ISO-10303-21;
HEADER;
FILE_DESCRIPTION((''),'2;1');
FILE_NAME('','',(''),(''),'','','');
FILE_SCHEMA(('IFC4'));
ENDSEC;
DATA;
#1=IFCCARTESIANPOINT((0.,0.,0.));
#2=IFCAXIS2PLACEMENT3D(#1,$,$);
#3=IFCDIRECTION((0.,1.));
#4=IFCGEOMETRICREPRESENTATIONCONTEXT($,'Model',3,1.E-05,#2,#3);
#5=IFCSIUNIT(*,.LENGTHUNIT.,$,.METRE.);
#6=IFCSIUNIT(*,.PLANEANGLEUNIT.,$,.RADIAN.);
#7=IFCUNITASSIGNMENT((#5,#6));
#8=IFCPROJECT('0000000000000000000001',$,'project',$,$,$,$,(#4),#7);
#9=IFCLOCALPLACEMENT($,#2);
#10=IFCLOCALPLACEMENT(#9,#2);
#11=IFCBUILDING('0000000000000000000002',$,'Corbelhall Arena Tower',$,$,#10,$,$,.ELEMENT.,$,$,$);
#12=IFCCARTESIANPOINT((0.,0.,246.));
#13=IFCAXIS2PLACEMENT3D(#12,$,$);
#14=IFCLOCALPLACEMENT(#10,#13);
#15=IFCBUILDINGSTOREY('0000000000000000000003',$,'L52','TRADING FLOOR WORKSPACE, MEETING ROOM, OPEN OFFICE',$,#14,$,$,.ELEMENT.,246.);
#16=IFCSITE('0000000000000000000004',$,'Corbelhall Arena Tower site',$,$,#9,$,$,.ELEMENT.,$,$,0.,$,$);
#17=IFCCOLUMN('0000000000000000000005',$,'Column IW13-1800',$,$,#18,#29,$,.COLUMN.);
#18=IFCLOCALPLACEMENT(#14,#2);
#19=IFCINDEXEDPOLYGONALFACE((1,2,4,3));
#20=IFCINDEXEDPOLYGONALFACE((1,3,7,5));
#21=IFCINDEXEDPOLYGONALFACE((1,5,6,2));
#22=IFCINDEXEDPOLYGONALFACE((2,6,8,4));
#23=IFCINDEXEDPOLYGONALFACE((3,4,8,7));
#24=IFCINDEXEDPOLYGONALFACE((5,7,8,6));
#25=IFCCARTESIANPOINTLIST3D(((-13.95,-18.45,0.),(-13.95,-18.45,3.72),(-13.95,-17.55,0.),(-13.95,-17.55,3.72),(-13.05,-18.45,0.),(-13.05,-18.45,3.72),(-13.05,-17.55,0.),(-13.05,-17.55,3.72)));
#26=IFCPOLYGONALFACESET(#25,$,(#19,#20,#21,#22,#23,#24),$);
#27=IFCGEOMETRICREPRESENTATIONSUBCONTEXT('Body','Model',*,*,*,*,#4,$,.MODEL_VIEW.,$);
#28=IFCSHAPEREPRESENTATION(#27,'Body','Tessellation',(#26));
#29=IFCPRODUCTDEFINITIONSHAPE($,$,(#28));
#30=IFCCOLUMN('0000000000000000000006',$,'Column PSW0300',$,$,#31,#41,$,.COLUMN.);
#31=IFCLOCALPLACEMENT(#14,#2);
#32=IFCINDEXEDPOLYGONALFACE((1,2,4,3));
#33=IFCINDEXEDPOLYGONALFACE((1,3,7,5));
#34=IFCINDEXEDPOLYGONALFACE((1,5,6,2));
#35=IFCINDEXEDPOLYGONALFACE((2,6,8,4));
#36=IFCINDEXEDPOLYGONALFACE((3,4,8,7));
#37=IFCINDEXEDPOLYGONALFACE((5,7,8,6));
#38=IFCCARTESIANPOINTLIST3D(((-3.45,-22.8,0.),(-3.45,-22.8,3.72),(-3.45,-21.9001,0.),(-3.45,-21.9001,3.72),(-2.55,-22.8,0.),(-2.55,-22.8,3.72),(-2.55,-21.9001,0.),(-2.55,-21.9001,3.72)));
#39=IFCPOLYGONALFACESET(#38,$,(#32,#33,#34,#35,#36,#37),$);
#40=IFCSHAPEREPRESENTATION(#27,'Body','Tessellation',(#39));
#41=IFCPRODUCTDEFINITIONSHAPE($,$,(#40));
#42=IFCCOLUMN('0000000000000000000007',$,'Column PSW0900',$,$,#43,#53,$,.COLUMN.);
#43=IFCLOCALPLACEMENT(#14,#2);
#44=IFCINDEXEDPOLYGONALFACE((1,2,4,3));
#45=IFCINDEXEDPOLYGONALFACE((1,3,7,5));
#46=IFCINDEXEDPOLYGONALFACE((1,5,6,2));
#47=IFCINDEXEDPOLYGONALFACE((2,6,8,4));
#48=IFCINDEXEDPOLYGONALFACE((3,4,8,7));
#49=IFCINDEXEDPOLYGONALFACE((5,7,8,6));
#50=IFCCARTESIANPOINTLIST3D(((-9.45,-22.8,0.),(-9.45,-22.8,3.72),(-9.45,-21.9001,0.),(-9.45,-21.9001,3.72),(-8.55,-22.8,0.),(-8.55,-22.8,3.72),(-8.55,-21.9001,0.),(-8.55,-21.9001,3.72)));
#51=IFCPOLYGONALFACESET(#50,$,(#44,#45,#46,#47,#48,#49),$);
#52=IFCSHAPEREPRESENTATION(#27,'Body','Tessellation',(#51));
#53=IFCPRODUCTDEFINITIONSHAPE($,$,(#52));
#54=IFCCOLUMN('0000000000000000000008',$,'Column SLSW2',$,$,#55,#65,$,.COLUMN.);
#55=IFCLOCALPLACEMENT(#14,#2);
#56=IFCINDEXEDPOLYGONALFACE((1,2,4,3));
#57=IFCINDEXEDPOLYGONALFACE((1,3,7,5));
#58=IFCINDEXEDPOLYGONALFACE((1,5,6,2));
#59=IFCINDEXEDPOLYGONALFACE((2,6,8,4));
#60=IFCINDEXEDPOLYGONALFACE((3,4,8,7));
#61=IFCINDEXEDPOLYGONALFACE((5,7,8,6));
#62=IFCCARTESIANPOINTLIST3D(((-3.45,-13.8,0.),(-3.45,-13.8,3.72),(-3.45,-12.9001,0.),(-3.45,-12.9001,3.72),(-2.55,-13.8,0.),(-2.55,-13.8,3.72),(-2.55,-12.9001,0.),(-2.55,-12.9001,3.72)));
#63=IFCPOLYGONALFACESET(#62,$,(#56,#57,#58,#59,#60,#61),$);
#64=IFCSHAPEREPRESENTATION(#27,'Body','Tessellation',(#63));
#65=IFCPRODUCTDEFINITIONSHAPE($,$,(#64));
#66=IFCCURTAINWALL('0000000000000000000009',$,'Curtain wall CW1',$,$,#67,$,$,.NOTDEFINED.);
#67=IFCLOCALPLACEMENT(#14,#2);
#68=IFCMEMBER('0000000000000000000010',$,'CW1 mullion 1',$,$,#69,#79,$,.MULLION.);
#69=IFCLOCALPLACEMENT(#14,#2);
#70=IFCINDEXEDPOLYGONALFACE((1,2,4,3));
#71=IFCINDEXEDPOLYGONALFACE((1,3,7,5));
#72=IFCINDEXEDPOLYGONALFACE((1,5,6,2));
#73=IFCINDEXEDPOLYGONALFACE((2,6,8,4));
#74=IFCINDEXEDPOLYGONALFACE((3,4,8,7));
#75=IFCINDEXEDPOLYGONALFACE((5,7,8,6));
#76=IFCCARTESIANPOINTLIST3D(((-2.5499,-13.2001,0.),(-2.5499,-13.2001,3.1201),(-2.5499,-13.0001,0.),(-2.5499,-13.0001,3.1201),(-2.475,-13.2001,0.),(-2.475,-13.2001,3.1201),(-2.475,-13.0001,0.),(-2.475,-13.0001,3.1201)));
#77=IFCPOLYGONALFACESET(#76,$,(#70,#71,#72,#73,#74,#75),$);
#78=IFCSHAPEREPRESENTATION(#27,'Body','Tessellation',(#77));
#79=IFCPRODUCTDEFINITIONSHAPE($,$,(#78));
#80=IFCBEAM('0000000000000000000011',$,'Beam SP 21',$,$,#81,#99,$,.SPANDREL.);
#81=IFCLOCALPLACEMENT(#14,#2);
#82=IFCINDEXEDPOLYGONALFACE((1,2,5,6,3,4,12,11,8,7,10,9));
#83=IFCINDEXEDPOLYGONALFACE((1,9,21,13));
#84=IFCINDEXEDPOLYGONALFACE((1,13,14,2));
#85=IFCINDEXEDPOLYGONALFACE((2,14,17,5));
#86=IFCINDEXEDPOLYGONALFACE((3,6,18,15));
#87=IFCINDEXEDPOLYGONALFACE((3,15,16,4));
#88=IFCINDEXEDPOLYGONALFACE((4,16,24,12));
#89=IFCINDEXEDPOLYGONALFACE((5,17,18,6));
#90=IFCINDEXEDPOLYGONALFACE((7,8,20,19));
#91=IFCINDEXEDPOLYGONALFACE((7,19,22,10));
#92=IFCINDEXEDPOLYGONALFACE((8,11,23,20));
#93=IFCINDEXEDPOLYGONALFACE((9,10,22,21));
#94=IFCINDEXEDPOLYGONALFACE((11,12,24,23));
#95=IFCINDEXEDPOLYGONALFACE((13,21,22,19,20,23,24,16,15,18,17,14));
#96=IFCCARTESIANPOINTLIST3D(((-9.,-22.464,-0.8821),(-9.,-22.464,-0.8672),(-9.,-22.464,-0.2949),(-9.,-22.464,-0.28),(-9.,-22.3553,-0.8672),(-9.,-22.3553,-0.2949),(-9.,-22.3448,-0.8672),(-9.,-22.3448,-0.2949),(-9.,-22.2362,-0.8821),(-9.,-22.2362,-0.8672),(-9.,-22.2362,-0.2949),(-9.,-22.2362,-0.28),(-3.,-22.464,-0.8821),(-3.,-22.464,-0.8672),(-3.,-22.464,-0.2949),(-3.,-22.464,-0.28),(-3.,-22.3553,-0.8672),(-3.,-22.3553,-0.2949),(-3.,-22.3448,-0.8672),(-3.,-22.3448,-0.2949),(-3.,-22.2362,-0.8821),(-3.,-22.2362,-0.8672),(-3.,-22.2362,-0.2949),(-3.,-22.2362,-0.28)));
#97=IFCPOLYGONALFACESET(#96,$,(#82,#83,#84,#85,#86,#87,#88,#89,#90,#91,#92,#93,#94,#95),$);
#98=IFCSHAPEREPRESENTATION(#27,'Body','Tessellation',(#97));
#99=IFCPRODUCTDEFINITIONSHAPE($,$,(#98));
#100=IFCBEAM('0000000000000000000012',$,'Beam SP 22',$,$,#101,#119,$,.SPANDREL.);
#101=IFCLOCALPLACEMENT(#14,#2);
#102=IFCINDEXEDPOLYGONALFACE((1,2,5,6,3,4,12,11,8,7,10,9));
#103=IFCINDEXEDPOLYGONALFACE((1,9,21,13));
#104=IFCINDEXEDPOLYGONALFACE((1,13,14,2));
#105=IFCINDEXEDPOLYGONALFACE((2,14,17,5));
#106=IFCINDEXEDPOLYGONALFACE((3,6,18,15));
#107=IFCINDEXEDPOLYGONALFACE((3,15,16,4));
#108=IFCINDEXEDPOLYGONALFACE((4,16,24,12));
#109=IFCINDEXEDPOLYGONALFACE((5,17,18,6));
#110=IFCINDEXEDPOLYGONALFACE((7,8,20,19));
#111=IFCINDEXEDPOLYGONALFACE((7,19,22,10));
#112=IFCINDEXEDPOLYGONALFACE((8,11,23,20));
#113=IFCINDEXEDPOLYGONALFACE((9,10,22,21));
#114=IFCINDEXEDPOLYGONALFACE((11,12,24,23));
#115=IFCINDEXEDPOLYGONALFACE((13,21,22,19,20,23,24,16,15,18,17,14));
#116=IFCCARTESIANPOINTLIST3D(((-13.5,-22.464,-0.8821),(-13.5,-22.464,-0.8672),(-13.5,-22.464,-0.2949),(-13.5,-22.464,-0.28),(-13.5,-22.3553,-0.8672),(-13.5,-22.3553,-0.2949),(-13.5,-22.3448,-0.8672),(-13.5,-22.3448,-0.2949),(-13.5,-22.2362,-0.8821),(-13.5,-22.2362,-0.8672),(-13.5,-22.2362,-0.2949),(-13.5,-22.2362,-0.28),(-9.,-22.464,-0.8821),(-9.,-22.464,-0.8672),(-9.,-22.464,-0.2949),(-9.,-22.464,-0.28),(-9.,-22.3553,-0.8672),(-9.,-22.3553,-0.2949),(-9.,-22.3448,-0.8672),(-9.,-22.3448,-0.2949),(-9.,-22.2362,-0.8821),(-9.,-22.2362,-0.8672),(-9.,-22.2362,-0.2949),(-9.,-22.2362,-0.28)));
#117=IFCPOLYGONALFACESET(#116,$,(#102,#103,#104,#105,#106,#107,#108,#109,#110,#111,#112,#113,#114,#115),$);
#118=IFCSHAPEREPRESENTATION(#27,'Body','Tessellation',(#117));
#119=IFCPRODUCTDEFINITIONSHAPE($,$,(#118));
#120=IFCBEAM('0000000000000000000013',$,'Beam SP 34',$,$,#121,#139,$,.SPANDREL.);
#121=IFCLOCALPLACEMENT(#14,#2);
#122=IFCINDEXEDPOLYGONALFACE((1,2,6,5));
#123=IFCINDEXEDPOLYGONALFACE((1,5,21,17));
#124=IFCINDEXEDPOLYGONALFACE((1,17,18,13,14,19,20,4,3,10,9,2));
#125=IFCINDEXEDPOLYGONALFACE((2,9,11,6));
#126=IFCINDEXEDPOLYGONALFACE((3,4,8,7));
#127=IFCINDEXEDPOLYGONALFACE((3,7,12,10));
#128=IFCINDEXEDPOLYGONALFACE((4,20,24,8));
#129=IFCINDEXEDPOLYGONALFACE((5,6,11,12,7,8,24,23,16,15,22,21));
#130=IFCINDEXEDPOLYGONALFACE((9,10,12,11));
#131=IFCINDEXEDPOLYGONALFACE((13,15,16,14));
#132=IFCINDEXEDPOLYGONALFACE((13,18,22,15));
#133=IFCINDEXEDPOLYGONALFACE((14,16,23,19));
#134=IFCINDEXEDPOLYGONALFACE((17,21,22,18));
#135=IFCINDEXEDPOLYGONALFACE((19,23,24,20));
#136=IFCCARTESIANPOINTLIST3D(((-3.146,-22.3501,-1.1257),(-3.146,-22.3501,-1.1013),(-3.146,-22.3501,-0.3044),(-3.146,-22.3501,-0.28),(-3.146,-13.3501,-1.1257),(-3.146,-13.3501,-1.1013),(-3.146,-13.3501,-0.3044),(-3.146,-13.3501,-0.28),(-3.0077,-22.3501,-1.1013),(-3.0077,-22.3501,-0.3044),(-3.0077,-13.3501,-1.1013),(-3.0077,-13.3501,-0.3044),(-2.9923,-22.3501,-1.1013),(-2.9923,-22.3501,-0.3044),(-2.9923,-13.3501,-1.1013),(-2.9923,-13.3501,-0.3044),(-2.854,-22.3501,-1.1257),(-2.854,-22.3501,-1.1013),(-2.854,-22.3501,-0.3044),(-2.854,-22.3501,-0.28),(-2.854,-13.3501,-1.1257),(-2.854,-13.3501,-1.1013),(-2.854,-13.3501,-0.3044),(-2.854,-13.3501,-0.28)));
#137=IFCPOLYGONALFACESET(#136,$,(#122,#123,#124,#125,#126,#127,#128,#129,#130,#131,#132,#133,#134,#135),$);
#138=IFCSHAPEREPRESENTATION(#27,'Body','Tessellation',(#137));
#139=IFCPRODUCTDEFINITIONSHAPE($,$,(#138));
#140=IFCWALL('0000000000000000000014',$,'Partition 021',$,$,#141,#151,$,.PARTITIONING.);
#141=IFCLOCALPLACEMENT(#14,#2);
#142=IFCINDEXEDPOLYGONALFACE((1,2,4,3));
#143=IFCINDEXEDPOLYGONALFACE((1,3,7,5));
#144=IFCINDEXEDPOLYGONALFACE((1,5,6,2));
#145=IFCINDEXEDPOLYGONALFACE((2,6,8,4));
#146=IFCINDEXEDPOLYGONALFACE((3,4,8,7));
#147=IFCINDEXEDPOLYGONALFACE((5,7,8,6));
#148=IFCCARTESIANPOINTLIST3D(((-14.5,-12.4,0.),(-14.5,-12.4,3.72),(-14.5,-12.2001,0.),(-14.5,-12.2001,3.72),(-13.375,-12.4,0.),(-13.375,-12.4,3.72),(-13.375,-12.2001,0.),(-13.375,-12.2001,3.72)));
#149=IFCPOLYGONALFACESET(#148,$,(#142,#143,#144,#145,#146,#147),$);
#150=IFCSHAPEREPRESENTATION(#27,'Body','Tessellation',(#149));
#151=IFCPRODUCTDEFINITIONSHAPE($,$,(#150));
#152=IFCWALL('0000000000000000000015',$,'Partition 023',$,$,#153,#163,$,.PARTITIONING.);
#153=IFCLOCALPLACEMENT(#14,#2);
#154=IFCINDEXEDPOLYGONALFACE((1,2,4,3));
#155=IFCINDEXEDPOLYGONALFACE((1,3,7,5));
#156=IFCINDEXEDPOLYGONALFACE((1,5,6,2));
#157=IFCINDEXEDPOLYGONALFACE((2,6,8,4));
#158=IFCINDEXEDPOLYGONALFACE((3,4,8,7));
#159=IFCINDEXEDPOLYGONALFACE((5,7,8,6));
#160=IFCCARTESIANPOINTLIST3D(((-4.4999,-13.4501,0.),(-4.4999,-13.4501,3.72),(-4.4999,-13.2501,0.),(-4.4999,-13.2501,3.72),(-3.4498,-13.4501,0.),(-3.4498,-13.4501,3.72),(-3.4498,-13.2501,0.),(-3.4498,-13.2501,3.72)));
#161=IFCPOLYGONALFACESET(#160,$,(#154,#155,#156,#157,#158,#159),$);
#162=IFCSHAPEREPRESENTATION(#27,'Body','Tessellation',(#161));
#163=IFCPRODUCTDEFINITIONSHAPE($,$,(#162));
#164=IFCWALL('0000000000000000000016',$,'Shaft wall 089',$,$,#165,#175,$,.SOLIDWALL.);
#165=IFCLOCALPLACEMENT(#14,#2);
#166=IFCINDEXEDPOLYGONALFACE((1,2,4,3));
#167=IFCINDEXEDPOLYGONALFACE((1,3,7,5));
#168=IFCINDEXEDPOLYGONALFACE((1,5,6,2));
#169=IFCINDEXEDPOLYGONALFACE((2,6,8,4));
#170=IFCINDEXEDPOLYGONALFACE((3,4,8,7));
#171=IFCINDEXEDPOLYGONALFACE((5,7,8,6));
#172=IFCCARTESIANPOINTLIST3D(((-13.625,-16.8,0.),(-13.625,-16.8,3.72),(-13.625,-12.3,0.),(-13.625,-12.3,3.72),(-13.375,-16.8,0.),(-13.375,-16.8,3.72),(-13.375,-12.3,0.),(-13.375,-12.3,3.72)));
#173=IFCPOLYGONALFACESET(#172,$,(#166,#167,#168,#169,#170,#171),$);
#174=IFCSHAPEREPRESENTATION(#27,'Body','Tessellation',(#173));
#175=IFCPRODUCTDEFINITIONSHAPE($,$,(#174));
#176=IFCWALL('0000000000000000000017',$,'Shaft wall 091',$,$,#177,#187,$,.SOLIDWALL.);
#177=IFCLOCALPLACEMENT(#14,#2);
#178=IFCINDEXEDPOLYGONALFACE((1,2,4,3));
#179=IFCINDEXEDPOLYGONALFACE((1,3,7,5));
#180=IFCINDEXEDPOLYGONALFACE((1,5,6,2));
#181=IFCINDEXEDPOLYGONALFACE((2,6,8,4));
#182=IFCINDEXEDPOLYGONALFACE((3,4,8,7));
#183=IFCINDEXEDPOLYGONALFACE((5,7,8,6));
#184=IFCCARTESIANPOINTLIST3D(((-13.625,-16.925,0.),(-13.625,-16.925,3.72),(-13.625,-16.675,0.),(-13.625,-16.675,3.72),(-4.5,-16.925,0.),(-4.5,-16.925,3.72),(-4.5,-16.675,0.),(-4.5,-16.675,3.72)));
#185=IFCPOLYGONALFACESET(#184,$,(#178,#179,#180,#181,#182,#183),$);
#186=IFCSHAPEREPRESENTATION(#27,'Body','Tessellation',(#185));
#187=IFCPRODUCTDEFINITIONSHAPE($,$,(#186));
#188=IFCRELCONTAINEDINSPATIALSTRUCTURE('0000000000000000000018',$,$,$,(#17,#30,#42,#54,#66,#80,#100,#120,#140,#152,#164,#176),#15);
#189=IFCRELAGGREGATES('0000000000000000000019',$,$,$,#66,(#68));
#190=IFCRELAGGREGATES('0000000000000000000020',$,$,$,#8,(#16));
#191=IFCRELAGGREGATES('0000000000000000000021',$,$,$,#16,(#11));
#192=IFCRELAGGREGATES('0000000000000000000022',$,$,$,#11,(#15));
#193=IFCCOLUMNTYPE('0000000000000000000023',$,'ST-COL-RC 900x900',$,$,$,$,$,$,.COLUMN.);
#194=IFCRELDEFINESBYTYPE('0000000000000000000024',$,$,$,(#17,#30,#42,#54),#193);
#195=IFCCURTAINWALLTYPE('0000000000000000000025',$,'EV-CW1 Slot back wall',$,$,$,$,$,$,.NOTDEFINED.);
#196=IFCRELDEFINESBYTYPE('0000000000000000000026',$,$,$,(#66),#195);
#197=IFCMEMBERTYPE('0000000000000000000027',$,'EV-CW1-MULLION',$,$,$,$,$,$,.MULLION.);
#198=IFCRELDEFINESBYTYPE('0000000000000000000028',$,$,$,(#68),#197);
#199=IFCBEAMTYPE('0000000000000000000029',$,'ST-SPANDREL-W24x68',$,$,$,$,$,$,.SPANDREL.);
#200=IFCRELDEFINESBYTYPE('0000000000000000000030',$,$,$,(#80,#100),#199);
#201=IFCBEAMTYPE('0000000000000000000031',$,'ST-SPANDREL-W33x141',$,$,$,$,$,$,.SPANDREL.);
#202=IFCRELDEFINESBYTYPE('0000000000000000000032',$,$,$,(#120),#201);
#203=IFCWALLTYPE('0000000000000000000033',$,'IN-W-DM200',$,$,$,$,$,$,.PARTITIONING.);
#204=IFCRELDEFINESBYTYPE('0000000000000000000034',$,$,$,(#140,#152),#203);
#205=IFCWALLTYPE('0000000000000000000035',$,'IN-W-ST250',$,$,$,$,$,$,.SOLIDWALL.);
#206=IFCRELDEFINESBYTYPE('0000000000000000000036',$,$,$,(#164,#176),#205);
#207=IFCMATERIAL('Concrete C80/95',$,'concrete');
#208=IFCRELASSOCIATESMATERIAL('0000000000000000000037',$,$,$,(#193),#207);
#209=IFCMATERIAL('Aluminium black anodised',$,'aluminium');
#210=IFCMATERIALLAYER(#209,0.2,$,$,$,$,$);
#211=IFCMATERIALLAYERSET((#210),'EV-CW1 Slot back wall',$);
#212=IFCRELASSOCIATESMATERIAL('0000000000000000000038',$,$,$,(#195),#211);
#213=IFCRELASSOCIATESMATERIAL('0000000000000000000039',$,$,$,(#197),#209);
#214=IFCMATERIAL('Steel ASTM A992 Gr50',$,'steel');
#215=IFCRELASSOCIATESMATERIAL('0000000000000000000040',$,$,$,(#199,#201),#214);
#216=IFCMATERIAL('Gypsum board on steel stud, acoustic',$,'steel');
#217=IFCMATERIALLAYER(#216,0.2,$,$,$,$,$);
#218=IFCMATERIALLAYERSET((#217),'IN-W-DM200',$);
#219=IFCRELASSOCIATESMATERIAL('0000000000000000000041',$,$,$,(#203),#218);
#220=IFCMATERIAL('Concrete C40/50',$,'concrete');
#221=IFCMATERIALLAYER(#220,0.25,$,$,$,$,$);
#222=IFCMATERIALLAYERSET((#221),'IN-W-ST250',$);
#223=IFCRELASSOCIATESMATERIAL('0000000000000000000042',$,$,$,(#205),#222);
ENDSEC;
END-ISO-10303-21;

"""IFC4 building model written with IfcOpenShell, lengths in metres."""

from ifc_helpers import new_model, si_unit, direction, frame, frame_2d, origin, origin_2d, place, context, subcontext, project, spatial, rectangle, i_section, extrude, material, layer, layer_set, material_profile, profile_set, type_object, element, aggregate, save


model = new_model("IFC4")

# Units and contexts
model_context = context("Model", 3, precision=1e-05, world=origin(), true_north=direction((0.0, 1.0)))
body_context = subcontext(model_context, "Body", "Model", "MODEL_VIEW")
ifc_project = project(units=[si_unit("LENGTHUNIT", "METRE"), si_unit("PLANEANGLEUNIT", "RADIAN")], contexts=[model_context])

# Site, building, storey
site_placement = place(None, origin())
site = spatial("IfcSite", under=ifc_project, at=site_placement, Name="Corbelhall Arena Tower site", CompositionType="ELEMENT", RefElevation=0.0)
building_placement = place(site_placement, origin())
building = spatial("IfcBuilding", under=site, at=building_placement, Name="Corbelhall Arena Tower", CompositionType="ELEMENT")
storey_placement = place(building_placement, frame((0.0, 0.0, 246.0)))
storey = spatial("IfcBuildingStorey", under=building, at=storey_placement, Name="L52", Description="TRADING FLOOR WORKSPACE, MEETING ROOM, OPEN OFFICE", CompositionType="ELEMENT", Elevation=246.0)

# Columns
ifc_material_1 = material(Name="Concrete C80/95", Category="concrete")
ifc_material_profile_1 = material_profile(ifc_material_1, rectangle(XDim=0.8999, YDim=0.8999, at=origin_2d()))
ifc_profile_set_1 = profile_set([ifc_material_profile_1], Name="Concrete C80/95")
column_type = type_object("IfcColumnType", Name="ST-COL-RC 900x900", PredefinedType="COLUMN", material=ifc_profile_set_1)
for number, where, z_axis, x_axis, name in (
    (1, (-13.5, -18.0, 0.0), (0.0, 0.0, 1.0), (1.0, 0.0, 0.0), "Column IW13-1800"),
    (2, (-3.0, -22.3501, 0.0), (0.0, 0.0, 1.0), (1.0, 0.0, 0.0), "Column PSW0300"),
    (3, (-9.0, -22.3501, 0.0), (0.0, 0.0, 1.0), (1.0, 0.0, 0.0), "Column PSW0900"),
    (4, (-3.0, -13.3501, 0.0), (0.0, 0.0, 1.0), (1.0, 0.0, 0.0), "Column SLSW2"),
):
    element("IfcColumn", number, at=place(storey_placement, frame(where, z_axis=z_axis, x_axis=x_axis)), inside=storey, type_object=column_type, Name=name, PredefinedType="COLUMN", context=body_context, shape_type="SweptSolid", body=[
        extrude(rectangle(XDim=0.8999, YDim=0.8999, at=origin_2d()), origin(), (0.0, 0.0, 1.0), 3.72),
    ])

# Curtain wall, member
ifc_material_2 = material(Name="Aluminium black anodised", Category="aluminium")
ifc_layer_1 = layer(ifc_material_2, 0.2)
ifc_layer_set_1 = layer_set([ifc_layer_1], Name="EV-CW1 Slot back wall")
curtain_wall_type = type_object("IfcCurtainWallType", Name="EV-CW1 Slot back wall", PredefinedType="NOTDEFINED", material=ifc_layer_set_1)
curtain_wall_placement = place(storey_placement, origin())
curtain_wall = element("IfcCurtainWall", 5, at=curtain_wall_placement, inside=storey, type_object=curtain_wall_type, Name="Curtain wall CW1", PredefinedType="NOTDEFINED")
ifc_material_profile_2 = material_profile(ifc_material_2, rectangle(XDim=0.2, YDim=0.075, at=origin_2d()))
ifc_profile_set_2 = profile_set([ifc_material_profile_2], Name="Aluminium black anodised")
member_type = type_object("IfcMemberType", Name="EV-CW1-MULLION", PredefinedType="MULLION", material=ifc_profile_set_2)
member_placement = place(storey_placement, frame((-2.5125, -13.1001, 0.0), z_axis=(0.0, 0.0, 1.0), x_axis=(0.0, 1.0, 0.0)))
member = element("IfcMember", 6, at=member_placement, type_object=member_type, Name="CW1 mullion 1", PredefinedType="MULLION", context=body_context, shape_type="SweptSolid", body=[
    extrude(rectangle(XDim=0.2, YDim=0.075, at=origin_2d()), origin(), (0.0, 0.0, 1.0), 3.1201),
])
aggregate(curtain_wall, [member])

# Beams
ifc_material_3 = material(Name="Steel ASTM A992 Gr50", Category="steel")
ifc_material_profile_3 = material_profile(ifc_material_3, i_section(OverallWidth=0.2278, OverallDepth=0.6021, WebThickness=0.0105, FlangeThickness=0.0149, at=origin_2d()))
ifc_profile_set_3 = profile_set([ifc_material_profile_3], Name="Steel ASTM A992 Gr50")
beam_type_1 = type_object("IfcBeamType", Name="ST-SPANDREL-W24x68", PredefinedType="SPANDREL", material=ifc_profile_set_3)
beam_1_placement = place(storey_placement, frame((-3.0, -22.3501, -0.5811), z_axis=(-1.0, 0.0, 0.0), x_axis=(0.0, -1.0, 0.0)))
element("IfcBeam", 7, at=beam_1_placement, inside=storey, type_object=beam_type_1, Name="Beam SP 21", PredefinedType="SPANDREL", context=body_context, shape_type="SweptSolid", body=[
    extrude(i_section(OverallWidth=0.2278, OverallDepth=0.6021, WebThickness=0.0105, FlangeThickness=0.0149, at=origin_2d()), origin(), (0.0, 0.0, 1.0), 6.0),
])
beam_2_placement = place(storey_placement, frame((-9.0, -22.3501, -0.5811), z_axis=(-1.0, 0.0, 0.0), x_axis=(0.0, -1.0, 0.0)))
element("IfcBeam", 8, at=beam_2_placement, inside=storey, type_object=beam_type_1, Name="Beam SP 22", PredefinedType="SPANDREL", context=body_context, shape_type="SweptSolid", body=[
    extrude(i_section(OverallWidth=0.2278, OverallDepth=0.6021, WebThickness=0.0105, FlangeThickness=0.0149, at=origin_2d()), origin(), (0.0, 0.0, 1.0), 4.5),
])
ifc_material_profile_4 = material_profile(ifc_material_3, i_section(OverallWidth=0.292, OverallDepth=0.8457, WebThickness=0.0154, FlangeThickness=0.0244, at=origin_2d()))
ifc_profile_set_4 = profile_set([ifc_material_profile_4], Name="Steel ASTM A992 Gr50")
beam_type_2 = type_object("IfcBeamType", Name="ST-SPANDREL-W33x141", PredefinedType="SPANDREL", material=ifc_profile_set_4)
beam_3_placement = place(storey_placement, frame((-3.0, -13.3501, -0.7029), z_axis=(0.0, -1.0, 0.0), x_axis=(1.0, 0.0, 0.0)))
element("IfcBeam", 9, at=beam_3_placement, inside=storey, type_object=beam_type_2, Name="Beam SP 34", PredefinedType="SPANDREL", context=body_context, shape_type="SweptSolid", body=[
    extrude(i_section(OverallWidth=0.292, OverallDepth=0.8457, WebThickness=0.0154, FlangeThickness=0.0244, at=origin_2d()), origin(), (0.0, 0.0, 1.0), 9.0),
])

# Walls
ifc_material_4 = material(Name="Gypsum board on steel stud, acoustic", Category="steel")
ifc_layer_2 = layer(ifc_material_4, 0.2)
ifc_layer_set_2 = layer_set([ifc_layer_2], Name="IN-W-DM200")
wall_type_1 = type_object("IfcWallType", Name="IN-W-DM200", PredefinedType="PARTITIONING", material=ifc_layer_set_2)
wall_1_placement = place(storey_placement, frame((-13.375, -12.3, 0.0), z_axis=(0.0, 0.0, 1.0), x_axis=(-1.0, 0.0, 0.0)))
element("IfcWall", 10, at=wall_1_placement, inside=storey, type_object=wall_type_1, Name="Partition 021", PredefinedType="PARTITIONING", context=body_context, shape_type="SweptSolid", body=[
    extrude(rectangle(XDim=1.125, YDim=0.2, at=frame_2d((0.5625, 0.0))), origin(), (0.0, 0.0, 1.0), 3.72),
])
wall_2_placement = place(storey_placement, frame((-3.45, -13.3501, 0.0), z_axis=(0.0, 0.0, 1.0), x_axis=(-1.0, 0.0, 0.0)))
element("IfcWall", 11, at=wall_2_placement, inside=storey, type_object=wall_type_1, Name="Partition 023", PredefinedType="PARTITIONING", context=body_context, shape_type="SweptSolid", body=[
    extrude(rectangle(XDim=1.05, YDim=0.2, at=frame_2d((0.5249, 0.0))), origin(), (0.0, 0.0, 1.0), 3.72),
])
ifc_material_5 = material(Name="Concrete C40/50", Category="concrete")
ifc_layer_3 = layer(ifc_material_5, 0.25)
ifc_layer_set_3 = layer_set([ifc_layer_3], Name="IN-W-ST250")
wall_type_2 = type_object("IfcWallType", Name="IN-W-ST250", PredefinedType="SOLIDWALL", material=ifc_layer_set_3)
wall_3_placement = place(storey_placement, frame((-13.5, -16.8, 0.0), z_axis=(0.0, 0.0, 1.0), x_axis=(0.0, 1.0, 0.0)))
element("IfcWall", 12, at=wall_3_placement, inside=storey, type_object=wall_type_2, Name="Shaft wall 089", PredefinedType="SOLIDWALL", context=body_context, shape_type="SweptSolid", body=[
    extrude(rectangle(XDim=4.5, YDim=0.25, at=frame_2d((2.25, 0.0))), origin(), (0.0, 0.0, 1.0), 3.72),
])
wall_4_placement = place(storey_placement, frame((-4.5, -16.8, 0.0), z_axis=(0.0, 0.0, 1.0), x_axis=(-1.0, 0.0, 0.0)))
element("IfcWall", 13, at=wall_4_placement, inside=storey, type_object=wall_type_2, Name="Shaft wall 091", PredefinedType="SOLIDWALL", context=body_context, shape_type="SweptSolid", body=[
    extrude(rectangle(XDim=9.125, YDim=0.25, at=frame_2d((4.5625, 0.0))), origin(), (0.0, 0.0, 1.0), 3.72),
])

save(model, "model.ifc")
